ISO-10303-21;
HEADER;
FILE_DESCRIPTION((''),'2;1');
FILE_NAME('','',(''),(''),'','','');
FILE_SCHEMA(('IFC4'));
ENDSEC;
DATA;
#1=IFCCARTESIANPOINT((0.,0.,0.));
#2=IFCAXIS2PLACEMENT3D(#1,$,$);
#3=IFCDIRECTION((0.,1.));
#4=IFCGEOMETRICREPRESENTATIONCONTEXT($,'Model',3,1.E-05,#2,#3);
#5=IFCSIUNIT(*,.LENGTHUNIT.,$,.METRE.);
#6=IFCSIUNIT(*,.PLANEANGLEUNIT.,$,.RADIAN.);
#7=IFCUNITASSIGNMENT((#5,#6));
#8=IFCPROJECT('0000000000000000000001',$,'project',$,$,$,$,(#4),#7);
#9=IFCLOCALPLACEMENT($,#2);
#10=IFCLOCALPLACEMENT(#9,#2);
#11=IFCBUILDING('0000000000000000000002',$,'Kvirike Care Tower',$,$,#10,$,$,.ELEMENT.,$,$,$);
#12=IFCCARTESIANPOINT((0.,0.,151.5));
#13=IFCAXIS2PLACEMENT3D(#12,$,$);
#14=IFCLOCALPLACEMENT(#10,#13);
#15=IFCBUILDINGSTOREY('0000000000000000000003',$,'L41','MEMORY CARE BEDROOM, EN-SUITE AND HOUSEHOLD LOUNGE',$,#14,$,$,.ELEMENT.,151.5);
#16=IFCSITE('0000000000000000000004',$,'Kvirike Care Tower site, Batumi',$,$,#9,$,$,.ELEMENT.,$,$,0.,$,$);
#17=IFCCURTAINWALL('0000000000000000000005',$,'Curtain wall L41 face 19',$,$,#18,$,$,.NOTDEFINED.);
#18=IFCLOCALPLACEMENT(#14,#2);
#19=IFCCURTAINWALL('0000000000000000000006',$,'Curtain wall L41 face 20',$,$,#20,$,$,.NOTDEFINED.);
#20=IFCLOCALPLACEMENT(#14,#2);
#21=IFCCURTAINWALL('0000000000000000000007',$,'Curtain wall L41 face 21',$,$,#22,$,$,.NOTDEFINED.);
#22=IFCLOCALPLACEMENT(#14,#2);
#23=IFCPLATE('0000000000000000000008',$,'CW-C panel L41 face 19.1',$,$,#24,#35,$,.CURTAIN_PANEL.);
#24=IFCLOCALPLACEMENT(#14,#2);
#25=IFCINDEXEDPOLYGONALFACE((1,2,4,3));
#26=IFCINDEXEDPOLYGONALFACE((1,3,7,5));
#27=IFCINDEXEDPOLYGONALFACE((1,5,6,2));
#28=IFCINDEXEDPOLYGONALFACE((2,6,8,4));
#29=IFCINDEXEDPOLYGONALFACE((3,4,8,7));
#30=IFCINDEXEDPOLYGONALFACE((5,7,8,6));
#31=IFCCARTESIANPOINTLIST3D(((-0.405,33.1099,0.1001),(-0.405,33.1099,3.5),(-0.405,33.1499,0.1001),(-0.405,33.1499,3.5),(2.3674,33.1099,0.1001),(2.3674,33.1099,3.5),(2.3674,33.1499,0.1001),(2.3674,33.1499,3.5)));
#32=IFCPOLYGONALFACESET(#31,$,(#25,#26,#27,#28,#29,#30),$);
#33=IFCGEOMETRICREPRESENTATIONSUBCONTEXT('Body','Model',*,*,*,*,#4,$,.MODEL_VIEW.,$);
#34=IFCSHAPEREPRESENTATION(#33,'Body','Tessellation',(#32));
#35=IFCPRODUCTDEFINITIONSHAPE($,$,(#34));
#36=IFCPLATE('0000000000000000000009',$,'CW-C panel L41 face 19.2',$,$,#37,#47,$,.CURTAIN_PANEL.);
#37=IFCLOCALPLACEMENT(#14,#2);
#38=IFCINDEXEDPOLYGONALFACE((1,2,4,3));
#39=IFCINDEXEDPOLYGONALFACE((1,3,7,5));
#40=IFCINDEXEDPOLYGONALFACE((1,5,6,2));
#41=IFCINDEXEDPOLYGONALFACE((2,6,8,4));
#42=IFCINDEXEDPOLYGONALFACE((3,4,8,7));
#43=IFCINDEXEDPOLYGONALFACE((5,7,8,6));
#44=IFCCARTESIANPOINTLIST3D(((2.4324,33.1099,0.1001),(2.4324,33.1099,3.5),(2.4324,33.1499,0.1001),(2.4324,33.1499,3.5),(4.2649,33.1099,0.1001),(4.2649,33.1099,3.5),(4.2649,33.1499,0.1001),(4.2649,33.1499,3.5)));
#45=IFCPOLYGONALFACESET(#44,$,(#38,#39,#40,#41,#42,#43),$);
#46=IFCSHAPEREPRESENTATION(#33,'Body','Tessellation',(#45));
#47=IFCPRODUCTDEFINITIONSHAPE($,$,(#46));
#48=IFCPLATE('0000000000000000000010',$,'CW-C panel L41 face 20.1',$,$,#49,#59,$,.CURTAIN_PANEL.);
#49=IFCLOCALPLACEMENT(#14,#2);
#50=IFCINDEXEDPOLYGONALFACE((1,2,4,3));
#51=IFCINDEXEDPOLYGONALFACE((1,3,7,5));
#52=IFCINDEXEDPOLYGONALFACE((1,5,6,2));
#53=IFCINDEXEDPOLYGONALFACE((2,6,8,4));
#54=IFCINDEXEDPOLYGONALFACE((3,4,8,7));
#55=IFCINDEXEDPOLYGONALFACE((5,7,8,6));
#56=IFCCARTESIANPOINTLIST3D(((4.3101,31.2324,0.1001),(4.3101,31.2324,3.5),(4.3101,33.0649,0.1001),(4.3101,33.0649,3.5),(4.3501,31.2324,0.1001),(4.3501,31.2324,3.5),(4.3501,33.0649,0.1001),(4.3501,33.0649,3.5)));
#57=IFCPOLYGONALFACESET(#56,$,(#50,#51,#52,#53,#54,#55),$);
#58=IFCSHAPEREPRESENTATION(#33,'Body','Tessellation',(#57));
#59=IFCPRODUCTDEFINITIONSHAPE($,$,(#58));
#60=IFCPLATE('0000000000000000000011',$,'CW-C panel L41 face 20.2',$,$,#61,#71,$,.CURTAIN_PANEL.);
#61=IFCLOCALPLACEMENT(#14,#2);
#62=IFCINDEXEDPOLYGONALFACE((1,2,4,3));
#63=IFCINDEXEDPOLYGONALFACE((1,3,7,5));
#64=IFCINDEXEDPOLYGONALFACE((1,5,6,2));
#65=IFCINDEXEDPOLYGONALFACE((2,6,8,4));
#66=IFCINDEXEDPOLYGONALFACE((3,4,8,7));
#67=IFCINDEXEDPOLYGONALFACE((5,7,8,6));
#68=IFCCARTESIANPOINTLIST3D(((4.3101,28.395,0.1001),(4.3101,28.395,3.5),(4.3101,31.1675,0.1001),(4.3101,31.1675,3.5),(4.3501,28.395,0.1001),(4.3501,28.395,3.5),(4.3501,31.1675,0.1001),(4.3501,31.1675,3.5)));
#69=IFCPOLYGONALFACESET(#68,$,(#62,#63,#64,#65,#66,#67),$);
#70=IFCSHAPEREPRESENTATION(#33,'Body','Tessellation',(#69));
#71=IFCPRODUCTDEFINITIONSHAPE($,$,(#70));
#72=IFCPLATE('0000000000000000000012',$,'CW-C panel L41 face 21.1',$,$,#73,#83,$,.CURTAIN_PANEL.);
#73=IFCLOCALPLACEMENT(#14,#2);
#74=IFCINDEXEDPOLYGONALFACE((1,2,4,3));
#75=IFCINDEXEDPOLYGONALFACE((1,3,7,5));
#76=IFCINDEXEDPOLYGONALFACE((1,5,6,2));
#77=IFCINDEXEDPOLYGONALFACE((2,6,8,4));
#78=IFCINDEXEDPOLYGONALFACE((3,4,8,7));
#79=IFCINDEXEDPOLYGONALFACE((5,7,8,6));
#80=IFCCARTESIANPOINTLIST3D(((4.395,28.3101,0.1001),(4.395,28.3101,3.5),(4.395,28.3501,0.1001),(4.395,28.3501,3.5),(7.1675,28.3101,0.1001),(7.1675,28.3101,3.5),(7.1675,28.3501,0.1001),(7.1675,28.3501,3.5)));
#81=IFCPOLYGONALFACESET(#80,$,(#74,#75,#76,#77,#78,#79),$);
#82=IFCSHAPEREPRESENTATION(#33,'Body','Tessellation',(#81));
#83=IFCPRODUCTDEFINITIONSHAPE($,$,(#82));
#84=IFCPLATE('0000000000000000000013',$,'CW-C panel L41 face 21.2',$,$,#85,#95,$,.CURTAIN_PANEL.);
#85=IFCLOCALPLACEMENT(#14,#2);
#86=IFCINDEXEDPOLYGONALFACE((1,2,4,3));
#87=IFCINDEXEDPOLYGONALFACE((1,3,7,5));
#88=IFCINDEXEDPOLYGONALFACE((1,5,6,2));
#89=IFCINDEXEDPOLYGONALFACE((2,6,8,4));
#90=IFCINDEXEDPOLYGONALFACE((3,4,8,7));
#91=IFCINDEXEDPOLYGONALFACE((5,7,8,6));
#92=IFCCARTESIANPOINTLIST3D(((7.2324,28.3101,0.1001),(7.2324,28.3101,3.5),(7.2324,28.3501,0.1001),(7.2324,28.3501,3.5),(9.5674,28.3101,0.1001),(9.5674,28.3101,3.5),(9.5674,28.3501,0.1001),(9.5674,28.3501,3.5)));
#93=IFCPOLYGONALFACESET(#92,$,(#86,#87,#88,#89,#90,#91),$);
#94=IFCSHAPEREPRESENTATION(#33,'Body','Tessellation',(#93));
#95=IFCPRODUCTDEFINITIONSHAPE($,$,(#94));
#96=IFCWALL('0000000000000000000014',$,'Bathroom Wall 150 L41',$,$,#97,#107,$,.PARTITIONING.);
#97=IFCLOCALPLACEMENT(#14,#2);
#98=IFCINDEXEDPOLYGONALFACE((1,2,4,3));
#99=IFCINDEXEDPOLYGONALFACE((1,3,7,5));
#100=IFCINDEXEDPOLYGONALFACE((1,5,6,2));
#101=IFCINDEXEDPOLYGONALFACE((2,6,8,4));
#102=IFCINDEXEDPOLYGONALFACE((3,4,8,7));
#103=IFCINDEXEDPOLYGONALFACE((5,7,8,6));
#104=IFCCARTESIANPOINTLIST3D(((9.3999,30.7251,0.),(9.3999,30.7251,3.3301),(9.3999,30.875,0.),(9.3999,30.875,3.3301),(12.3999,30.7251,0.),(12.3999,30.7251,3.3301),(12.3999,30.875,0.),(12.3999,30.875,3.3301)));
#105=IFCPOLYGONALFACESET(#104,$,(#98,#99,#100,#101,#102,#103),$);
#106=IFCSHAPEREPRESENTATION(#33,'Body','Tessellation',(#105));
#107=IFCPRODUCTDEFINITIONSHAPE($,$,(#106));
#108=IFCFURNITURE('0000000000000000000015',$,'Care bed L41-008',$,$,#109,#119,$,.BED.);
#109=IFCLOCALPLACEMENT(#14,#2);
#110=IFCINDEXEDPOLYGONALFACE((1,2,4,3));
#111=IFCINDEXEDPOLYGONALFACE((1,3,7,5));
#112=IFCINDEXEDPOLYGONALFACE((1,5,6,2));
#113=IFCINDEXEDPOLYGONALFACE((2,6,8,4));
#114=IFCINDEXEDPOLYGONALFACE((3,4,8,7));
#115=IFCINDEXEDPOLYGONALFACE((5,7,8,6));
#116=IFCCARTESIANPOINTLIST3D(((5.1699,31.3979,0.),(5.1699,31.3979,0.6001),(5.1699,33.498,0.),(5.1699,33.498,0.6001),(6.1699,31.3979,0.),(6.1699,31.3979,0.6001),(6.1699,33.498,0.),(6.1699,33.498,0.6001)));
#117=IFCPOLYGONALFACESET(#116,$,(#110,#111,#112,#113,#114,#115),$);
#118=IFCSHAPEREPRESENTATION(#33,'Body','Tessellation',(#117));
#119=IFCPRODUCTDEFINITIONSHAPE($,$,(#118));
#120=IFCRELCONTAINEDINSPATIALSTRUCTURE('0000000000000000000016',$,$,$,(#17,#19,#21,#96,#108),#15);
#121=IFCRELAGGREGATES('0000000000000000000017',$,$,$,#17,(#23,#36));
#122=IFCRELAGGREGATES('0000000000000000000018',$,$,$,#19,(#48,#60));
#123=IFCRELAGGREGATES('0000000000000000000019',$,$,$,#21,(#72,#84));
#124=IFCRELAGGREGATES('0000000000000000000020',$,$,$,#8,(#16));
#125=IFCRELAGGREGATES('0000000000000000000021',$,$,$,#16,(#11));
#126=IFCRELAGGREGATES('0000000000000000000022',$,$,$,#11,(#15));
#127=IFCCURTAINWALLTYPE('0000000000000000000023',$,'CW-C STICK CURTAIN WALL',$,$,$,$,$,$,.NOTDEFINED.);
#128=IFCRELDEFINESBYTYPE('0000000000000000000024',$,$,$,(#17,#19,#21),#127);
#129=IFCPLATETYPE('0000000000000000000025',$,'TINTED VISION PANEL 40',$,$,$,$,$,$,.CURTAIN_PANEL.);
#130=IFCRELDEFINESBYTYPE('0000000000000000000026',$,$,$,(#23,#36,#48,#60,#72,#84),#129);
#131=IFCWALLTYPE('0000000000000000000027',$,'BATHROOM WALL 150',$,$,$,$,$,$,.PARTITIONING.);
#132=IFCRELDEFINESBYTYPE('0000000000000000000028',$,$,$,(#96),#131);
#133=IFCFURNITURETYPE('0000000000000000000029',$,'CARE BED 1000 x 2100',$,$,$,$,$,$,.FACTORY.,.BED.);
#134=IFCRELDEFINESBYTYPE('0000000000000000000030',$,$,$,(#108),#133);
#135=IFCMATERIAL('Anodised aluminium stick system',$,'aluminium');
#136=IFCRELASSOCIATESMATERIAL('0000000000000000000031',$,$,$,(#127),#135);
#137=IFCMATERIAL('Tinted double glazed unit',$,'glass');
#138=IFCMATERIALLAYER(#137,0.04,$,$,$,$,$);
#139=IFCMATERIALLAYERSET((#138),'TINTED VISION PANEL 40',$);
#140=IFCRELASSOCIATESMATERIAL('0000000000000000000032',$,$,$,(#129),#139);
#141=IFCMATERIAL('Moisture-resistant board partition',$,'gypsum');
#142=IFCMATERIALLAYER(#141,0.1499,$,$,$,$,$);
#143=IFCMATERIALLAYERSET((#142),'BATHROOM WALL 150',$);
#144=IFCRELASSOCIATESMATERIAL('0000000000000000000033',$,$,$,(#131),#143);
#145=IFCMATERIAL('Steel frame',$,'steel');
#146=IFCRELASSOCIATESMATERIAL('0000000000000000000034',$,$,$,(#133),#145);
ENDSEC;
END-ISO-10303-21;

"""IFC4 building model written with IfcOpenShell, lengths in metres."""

from ifc_helpers import new_model, si_unit, direction, frame, frame_2d, origin, origin_2d, place, context, subcontext, project, spatial, rectangle, extrude, material, layer, layer_set, type_object, element, aggregate, save


model = new_model("IFC4")

# Units and contexts
model_context = context("Model", 3, precision=1e-05, world=origin(), true_north=direction((0.0, 1.0)))
body_context = subcontext(model_context, "Body", "Model", "MODEL_VIEW")
ifc_project = project(units=[si_unit("LENGTHUNIT", "METRE"), si_unit("PLANEANGLEUNIT", "RADIAN")], contexts=[model_context])

# Site, building, storey
site_placement = place(None, origin())
site = spatial("IfcSite", under=ifc_project, at=site_placement, Name="Kvirike Care Tower site, Batumi", CompositionType="ELEMENT", RefElevation=0.0)
building_placement = place(site_placement, origin())
building = spatial("IfcBuilding", under=site, at=building_placement, Name="Kvirike Care Tower", CompositionType="ELEMENT")
storey_placement = place(building_placement, frame((0.0, 0.0, 151.5)))
storey = spatial("IfcBuildingStorey", under=building, at=storey_placement, Name="L41", Description="MEMORY CARE BEDROOM, EN-SUITE AND HOUSEHOLD LOUNGE", CompositionType="ELEMENT", Elevation=151.5)

# Curtain walls
ifc_material_1 = material(Name="Anodised aluminium stick system", Category="aluminium")
curtain_wall_type = type_object("IfcCurtainWallType", Name="CW-C STICK CURTAIN WALL", PredefinedType="NOTDEFINED", material=ifc_material_1)
curtain_wall_1_placement = place(storey_placement, origin())
curtain_wall_1 = element("IfcCurtainWall", 1, at=curtain_wall_1_placement, inside=storey, type_object=curtain_wall_type, Name="Curtain wall L41 face 19", PredefinedType="NOTDEFINED")
curtain_wall_2_placement = place(storey_placement, origin())
curtain_wall_2 = element("IfcCurtainWall", 2, at=curtain_wall_2_placement, inside=storey, type_object=curtain_wall_type, Name="Curtain wall L41 face 20", PredefinedType="NOTDEFINED")

# Curtain wall
curtain_wall_3_placement = place(storey_placement, origin())
curtain_wall_3 = element("IfcCurtainWall", 3, at=curtain_wall_3_placement, inside=storey, type_object=curtain_wall_type, Name="Curtain wall L41 face 21", PredefinedType="NOTDEFINED")

# Plates
ifc_material_2 = material(Name="Tinted double glazed unit", Category="glass")
ifc_layer_1 = layer(ifc_material_2, 0.04)
ifc_layer_set_1 = layer_set([ifc_layer_1], Name="TINTED VISION PANEL 40")
plate_type = type_object("IfcPlateType", Name="TINTED VISION PANEL 40", PredefinedType="CURTAIN_PANEL", material=ifc_layer_set_1)
plate_1_placement = place(storey_placement, frame((0.9812, 33.1299, 0.1001), z_axis=(0.0, 0.0, 1.0), x_axis=(1.0, 0.0, 0.0)))
plate_1 = element("IfcPlate", 4, at=plate_1_placement, type_object=plate_type, Name="CW-C panel L41 face 19.1", PredefinedType="CURTAIN_PANEL", context=body_context, shape_type="SweptSolid", body=[
    extrude(rectangle(XDim=2.7725, YDim=0.04, at=origin_2d()), origin(), (0.0, 0.0, 1.0), 3.3999),
])
plate_2_placement = place(storey_placement, frame((3.3486, 33.1299, 0.1001), z_axis=(0.0, 0.0, 1.0), x_axis=(1.0, 0.0, 0.0)))
plate_2 = element("IfcPlate", 5, at=plate_2_placement, type_object=plate_type, Name="CW-C panel L41 face 19.2", PredefinedType="CURTAIN_PANEL", context=body_context, shape_type="SweptSolid", body=[
    extrude(rectangle(XDim=1.8325, YDim=0.04, at=origin_2d()), origin(), (0.0, 0.0, 1.0), 3.3999),
])
aggregate(curtain_wall_1, [plate_1, plate_2])
plate_3_placement = place(storey_placement, frame((4.3301, 32.1487, 0.1001), z_axis=(0.0, 0.0, 1.0), x_axis=(0.0, -1.0, 0.0)))
plate_3 = element("IfcPlate", 6, at=plate_3_placement, type_object=plate_type, Name="CW-C panel L41 face 20.1", PredefinedType="CURTAIN_PANEL", context=body_context, shape_type="SweptSolid", body=[
    extrude(rectangle(XDim=1.8325, YDim=0.04, at=origin_2d()), origin(), (0.0, 0.0, 1.0), 3.3999),
])
plate_4_placement = place(storey_placement, frame((4.3301, 29.7812, 0.1001), z_axis=(0.0, 0.0, 1.0), x_axis=(0.0, -1.0, 0.0)))
plate_4 = element("IfcPlate", 7, at=plate_4_placement, type_object=plate_type, Name="CW-C panel L41 face 20.2", PredefinedType="CURTAIN_PANEL", context=body_context, shape_type="SweptSolid", body=[
    extrude(rectangle(XDim=2.7725, YDim=0.04, at=origin_2d()), origin(), (0.0, 0.0, 1.0), 3.3999),
])
aggregate(curtain_wall_2, [plate_3, plate_4])
plate_5_placement = place(storey_placement, frame((5.7812, 28.3301, 0.1001), z_axis=(0.0, 0.0, 1.0), x_axis=(1.0, 0.0, 0.0)))
plate_5 = element("IfcPlate", 8, at=plate_5_placement, type_object=plate_type, Name="CW-C panel L41 face 21.1", PredefinedType="CURTAIN_PANEL", context=body_context, shape_type="SweptSolid", body=[
    extrude(rectangle(XDim=2.7725, YDim=0.04, at=origin_2d()), origin(), (0.0, 0.0, 1.0), 3.3999),
])
plate_6_placement = place(storey_placement, frame((8.3999, 28.3301, 0.1001), z_axis=(0.0, 0.0, 1.0), x_axis=(1.0, 0.0, 0.0)))
plate_6 = element("IfcPlate", 9, at=plate_6_placement, type_object=plate_type, Name="CW-C panel L41 face 21.2", PredefinedType="CURTAIN_PANEL", context=body_context, shape_type="SweptSolid", body=[
    extrude(rectangle(XDim=2.335, YDim=0.04, at=origin_2d()), origin(), (0.0, 0.0, 1.0), 3.3999),
])
aggregate(curtain_wall_3, [plate_5, plate_6])

# Wall
ifc_material_3 = material(Name="Moisture-resistant board partition", Category="gypsum")
ifc_layer_2 = layer(ifc_material_3, 0.1499)
ifc_layer_set_2 = layer_set([ifc_layer_2], Name="BATHROOM WALL 150")
wall_type = type_object("IfcWallType", Name="BATHROOM WALL 150", PredefinedType="PARTITIONING", material=ifc_layer_set_2)
wall_placement = place(storey_placement, frame((9.3999, 30.8, 0.0), z_axis=(0.0, 0.0, 1.0), x_axis=(1.0, 0.0, 0.0)))
element("IfcWall", 10, at=wall_placement, inside=storey, type_object=wall_type, Name="Bathroom Wall 150 L41", PredefinedType="PARTITIONING", context=body_context, shape_type="SweptSolid", body=[
    extrude(rectangle(XDim=3.0, YDim=0.1499, at=frame_2d((1.5, 0.0))), origin(), (0.0, 0.0, 1.0), 3.3301),
])

# Furniture
ifc_material_4 = material(Name="Steel frame", Category="steel")
furniture_type = type_object("IfcFurnitureType", Name="CARE BED 1000 x 2100", AssemblyPlace="FACTORY", PredefinedType="BED", material=ifc_material_4)
furniture_placement = place(storey_placement, frame((5.6699, 32.448, 0.0), z_axis=(0.0, 0.0, 1.0), x_axis=(1.0, 0.0, 0.0)))
element("IfcFurniture", 11, at=furniture_placement, inside=storey, type_object=furniture_type, Name="Care bed L41-008", PredefinedType="BED", context=body_context, shape_type="SweptSolid", body=[
    extrude(rectangle(XDim=1.0, YDim=2.1001, at=origin_2d()), origin(), (0.0, 0.0, 1.0), 0.6001),
])

save(model, "model.ifc")
